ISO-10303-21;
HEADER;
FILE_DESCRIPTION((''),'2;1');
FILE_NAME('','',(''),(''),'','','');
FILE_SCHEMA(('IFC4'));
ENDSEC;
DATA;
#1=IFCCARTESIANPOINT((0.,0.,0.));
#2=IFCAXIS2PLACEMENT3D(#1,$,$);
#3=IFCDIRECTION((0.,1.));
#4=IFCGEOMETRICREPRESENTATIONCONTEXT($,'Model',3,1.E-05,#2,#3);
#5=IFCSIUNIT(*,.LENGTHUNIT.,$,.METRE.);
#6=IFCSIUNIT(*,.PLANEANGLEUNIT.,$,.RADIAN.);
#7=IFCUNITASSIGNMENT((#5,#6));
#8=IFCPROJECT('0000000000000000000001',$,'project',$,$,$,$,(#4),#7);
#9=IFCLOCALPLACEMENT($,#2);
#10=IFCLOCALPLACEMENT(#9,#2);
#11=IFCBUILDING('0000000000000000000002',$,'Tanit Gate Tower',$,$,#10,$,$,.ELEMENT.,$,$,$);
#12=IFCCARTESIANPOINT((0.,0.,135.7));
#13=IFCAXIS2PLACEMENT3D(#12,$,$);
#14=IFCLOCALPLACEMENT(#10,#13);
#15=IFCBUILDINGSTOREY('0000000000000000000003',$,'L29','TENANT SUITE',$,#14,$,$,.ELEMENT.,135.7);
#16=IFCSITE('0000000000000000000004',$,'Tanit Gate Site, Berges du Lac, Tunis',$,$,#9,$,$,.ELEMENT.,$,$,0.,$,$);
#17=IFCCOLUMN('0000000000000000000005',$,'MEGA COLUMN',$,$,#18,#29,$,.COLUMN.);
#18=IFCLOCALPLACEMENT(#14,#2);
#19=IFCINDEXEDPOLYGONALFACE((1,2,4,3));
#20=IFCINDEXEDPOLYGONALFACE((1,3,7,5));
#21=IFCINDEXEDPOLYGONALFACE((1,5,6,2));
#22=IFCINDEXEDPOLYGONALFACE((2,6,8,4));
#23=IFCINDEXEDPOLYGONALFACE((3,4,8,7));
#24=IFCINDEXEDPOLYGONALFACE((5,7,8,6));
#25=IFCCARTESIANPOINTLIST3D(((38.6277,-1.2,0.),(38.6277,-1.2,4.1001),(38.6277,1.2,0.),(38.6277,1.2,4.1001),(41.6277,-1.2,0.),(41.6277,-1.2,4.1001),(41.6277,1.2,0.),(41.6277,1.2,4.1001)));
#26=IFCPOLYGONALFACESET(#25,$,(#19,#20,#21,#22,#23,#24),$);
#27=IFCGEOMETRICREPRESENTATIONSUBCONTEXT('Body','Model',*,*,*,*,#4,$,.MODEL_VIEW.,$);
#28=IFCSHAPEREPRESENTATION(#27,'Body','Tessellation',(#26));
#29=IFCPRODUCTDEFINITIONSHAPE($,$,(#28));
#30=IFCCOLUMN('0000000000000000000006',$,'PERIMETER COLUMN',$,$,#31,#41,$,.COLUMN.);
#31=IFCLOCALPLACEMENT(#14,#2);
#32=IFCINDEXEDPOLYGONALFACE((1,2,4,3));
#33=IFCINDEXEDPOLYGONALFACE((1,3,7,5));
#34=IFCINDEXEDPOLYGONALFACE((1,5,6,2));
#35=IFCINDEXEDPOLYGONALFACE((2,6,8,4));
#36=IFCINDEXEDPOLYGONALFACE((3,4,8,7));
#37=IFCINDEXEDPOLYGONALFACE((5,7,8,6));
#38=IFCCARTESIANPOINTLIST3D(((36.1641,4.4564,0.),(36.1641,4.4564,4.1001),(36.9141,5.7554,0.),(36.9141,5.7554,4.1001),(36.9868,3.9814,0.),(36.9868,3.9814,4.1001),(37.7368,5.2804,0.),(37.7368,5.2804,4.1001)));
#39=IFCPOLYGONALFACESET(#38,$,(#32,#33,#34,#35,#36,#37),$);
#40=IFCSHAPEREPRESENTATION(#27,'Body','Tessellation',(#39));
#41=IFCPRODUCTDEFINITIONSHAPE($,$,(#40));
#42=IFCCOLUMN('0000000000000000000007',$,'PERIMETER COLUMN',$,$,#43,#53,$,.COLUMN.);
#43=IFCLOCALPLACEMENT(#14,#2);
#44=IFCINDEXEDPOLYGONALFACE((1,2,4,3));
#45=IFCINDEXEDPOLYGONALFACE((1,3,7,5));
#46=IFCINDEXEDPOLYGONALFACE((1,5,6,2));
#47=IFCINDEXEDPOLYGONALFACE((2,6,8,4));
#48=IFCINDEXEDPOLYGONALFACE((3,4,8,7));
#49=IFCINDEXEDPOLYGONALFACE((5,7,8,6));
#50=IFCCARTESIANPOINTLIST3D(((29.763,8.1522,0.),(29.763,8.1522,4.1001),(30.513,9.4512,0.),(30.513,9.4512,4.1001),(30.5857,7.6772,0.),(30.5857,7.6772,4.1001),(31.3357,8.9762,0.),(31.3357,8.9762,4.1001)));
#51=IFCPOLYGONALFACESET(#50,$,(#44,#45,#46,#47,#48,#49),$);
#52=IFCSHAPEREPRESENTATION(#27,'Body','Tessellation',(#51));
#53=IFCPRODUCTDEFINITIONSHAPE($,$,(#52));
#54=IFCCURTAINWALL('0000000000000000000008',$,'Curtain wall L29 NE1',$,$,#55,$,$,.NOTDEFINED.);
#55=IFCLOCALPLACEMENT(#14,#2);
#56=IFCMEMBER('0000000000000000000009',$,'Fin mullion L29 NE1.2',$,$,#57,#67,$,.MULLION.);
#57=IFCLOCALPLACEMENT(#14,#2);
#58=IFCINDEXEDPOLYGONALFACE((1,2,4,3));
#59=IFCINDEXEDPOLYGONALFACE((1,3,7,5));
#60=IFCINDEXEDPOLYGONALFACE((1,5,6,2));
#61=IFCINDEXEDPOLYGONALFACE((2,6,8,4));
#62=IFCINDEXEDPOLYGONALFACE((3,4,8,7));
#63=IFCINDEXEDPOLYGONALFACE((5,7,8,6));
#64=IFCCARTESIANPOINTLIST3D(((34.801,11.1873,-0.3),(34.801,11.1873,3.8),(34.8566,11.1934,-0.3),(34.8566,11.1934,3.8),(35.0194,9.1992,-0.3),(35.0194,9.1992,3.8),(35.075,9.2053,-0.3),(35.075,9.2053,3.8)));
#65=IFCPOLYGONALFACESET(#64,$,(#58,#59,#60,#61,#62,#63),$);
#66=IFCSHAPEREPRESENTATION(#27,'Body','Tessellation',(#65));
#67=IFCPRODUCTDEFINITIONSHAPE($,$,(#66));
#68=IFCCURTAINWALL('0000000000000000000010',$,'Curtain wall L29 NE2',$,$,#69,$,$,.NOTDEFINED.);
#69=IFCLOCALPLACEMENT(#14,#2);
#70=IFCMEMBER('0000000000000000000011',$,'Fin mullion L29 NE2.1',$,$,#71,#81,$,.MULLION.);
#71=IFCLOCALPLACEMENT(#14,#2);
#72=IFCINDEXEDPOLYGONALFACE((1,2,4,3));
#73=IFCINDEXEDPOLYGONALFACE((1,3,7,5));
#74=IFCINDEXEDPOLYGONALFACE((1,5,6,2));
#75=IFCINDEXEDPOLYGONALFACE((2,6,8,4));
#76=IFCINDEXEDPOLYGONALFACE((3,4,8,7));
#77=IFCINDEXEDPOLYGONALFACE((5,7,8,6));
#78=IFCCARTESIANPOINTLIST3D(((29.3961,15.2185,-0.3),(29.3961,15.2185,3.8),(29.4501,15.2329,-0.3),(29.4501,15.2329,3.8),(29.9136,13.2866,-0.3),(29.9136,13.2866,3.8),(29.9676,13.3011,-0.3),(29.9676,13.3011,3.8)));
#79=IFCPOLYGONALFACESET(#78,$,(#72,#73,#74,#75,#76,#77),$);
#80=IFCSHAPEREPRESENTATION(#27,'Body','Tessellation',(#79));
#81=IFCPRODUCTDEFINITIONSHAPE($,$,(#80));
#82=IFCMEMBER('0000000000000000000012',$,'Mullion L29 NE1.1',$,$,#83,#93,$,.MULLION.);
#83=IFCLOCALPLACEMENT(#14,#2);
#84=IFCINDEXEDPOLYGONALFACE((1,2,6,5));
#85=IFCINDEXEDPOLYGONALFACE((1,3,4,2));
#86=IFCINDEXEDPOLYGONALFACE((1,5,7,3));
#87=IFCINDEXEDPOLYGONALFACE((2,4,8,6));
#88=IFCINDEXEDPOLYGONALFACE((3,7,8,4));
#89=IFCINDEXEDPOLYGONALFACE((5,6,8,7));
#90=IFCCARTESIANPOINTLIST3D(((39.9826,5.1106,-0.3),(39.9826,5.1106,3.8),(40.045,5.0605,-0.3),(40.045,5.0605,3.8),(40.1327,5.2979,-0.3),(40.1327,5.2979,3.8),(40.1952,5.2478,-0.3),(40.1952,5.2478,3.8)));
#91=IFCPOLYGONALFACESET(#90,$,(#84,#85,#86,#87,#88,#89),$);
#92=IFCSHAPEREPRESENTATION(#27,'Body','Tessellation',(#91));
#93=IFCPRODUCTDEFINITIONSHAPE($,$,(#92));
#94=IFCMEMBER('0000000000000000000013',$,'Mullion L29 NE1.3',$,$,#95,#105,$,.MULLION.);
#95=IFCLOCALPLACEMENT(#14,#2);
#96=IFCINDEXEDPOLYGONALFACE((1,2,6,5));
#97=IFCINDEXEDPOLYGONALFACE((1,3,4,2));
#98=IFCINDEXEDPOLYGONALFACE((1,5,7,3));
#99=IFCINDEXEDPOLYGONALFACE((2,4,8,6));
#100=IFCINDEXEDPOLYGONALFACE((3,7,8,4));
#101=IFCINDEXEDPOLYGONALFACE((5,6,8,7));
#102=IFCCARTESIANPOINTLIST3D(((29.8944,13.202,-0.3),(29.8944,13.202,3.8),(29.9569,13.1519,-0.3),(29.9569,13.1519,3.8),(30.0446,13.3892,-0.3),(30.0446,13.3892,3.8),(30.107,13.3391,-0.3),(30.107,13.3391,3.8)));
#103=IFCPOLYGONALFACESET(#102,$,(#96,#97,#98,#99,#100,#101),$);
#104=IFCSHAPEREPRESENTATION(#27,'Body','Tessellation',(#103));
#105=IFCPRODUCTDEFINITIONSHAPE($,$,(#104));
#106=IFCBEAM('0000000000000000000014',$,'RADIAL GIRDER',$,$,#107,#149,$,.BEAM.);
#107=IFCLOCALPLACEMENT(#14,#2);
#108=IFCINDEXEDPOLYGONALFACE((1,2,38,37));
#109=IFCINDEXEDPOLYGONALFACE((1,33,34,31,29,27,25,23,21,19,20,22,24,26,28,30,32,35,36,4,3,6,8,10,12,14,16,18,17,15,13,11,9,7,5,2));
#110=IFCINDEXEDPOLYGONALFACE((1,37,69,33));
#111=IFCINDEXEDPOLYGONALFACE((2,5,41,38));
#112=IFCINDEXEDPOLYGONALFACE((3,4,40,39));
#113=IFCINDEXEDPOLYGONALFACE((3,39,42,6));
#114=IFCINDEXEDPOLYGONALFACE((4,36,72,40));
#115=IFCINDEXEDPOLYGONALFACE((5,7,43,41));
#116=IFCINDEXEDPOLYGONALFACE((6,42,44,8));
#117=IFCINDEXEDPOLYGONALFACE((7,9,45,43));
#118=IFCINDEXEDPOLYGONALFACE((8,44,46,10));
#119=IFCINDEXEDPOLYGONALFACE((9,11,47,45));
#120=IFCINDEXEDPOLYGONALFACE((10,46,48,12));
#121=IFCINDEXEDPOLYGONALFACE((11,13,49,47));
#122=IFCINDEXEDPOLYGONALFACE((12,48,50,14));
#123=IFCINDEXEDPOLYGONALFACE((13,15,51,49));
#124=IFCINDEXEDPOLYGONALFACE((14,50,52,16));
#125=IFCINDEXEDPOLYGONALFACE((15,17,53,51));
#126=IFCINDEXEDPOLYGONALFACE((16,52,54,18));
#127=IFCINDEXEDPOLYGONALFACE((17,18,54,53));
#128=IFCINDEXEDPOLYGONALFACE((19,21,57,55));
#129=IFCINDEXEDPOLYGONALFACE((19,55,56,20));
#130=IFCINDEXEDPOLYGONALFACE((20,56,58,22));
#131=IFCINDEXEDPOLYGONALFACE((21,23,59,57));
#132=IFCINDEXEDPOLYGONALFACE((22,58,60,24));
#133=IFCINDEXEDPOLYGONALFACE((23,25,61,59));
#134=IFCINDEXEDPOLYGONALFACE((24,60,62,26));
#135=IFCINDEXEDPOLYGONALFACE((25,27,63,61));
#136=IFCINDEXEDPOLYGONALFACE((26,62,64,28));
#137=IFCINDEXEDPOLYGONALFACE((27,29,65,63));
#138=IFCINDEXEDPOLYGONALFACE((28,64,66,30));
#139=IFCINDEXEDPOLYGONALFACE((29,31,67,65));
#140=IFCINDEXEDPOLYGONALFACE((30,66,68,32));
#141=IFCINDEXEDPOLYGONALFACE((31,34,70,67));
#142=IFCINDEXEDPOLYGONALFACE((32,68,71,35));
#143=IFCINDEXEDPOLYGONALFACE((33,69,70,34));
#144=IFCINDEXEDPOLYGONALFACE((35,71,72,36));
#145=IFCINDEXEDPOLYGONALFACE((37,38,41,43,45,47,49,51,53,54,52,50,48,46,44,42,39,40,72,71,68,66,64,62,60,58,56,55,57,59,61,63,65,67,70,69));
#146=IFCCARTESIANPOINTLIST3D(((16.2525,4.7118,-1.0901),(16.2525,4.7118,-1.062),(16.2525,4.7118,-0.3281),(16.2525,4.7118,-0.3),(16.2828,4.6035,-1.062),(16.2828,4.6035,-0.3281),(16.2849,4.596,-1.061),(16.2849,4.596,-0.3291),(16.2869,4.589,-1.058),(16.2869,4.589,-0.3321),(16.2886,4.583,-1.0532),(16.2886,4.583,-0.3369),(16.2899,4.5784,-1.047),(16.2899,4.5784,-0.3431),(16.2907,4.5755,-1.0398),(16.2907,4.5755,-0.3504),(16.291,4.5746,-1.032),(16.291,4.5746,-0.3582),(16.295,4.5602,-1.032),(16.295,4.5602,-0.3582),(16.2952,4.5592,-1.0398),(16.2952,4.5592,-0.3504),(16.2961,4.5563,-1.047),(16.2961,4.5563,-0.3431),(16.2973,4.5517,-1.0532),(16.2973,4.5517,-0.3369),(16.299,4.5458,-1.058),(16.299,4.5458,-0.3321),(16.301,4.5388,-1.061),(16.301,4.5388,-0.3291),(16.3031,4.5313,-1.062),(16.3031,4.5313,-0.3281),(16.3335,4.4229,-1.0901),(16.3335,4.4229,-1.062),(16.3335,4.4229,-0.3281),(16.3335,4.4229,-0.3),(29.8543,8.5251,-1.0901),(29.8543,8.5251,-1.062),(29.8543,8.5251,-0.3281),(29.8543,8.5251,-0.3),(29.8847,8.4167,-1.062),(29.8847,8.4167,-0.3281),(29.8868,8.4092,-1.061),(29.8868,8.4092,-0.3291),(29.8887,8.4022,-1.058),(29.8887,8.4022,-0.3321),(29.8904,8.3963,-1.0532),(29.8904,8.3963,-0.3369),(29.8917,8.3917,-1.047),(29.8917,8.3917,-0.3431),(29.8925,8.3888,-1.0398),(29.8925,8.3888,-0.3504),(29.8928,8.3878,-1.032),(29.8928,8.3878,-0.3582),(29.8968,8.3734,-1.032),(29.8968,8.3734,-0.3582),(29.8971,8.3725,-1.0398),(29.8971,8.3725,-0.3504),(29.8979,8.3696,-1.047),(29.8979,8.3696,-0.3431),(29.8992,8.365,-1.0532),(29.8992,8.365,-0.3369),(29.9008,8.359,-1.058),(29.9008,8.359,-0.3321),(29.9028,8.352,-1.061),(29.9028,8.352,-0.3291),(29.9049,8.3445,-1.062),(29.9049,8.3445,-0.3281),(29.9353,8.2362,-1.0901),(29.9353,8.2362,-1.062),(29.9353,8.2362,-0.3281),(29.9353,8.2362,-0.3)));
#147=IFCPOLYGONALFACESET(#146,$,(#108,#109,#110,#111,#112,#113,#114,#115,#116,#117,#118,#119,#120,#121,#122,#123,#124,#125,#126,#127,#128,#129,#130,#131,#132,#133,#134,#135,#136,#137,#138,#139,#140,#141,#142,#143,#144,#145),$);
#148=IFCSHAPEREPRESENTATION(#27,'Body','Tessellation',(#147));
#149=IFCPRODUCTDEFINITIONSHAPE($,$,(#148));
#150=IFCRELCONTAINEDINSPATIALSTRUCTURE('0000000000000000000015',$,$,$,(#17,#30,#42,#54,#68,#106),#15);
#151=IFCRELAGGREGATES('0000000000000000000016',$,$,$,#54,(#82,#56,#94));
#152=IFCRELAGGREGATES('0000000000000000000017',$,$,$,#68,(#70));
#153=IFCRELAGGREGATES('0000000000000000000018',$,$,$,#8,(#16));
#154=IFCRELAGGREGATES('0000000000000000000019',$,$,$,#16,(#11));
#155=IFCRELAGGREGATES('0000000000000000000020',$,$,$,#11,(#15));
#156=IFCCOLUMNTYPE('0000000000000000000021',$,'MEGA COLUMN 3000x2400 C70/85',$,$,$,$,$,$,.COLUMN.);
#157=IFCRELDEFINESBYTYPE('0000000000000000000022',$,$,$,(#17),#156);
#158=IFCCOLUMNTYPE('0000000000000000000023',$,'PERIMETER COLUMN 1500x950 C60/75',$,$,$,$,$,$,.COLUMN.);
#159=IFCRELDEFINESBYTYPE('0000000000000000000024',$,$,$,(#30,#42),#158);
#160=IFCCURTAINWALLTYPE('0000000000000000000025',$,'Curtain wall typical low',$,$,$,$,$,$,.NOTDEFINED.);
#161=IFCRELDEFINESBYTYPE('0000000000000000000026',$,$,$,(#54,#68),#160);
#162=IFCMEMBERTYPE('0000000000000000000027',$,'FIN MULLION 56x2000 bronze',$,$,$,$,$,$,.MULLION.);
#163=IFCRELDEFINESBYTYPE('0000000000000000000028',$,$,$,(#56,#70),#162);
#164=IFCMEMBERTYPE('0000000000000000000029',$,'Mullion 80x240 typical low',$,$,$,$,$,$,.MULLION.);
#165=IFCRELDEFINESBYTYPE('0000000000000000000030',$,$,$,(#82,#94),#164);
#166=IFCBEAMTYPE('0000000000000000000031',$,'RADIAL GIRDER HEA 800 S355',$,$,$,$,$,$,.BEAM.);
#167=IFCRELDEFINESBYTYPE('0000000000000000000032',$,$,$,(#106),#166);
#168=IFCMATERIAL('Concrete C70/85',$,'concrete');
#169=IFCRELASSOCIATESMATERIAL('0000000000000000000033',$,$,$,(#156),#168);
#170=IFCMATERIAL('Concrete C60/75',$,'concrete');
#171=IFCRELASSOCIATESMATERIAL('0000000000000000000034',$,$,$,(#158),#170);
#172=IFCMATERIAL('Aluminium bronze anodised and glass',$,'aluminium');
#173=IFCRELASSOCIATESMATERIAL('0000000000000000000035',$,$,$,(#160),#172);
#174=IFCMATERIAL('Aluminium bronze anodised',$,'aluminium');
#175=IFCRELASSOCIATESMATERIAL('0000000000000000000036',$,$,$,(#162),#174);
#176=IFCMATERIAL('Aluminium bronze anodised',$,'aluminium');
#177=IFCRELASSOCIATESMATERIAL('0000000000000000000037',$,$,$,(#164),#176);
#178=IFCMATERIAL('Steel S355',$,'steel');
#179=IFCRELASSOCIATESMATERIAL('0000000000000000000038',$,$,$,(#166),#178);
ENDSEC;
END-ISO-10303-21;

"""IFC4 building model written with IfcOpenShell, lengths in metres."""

from ifc_helpers import new_model, si_unit, direction, frame, origin, origin_2d, place, context, subcontext, project, spatial, rectangle, i_section, extrude, material, material_profile, profile_set, type_object, element, aggregate, save


model = new_model("IFC4")

# Units and contexts
model_context = context("Model", 3, precision=1e-05, world=origin(), true_north=direction((0.0, 1.0)))
body_context = subcontext(model_context, "Body", "Model", "MODEL_VIEW")
ifc_project = project(units=[si_unit("LENGTHUNIT", "METRE"), si_unit("PLANEANGLEUNIT", "RADIAN")], contexts=[model_context])

# Site, building, storey
site_placement = place(None, origin())
site = spatial("IfcSite", under=ifc_project, at=site_placement, Name="Tanit Gate Site, Berges du Lac, Tunis", CompositionType="ELEMENT", RefElevation=0.0)
building_placement = place(site_placement, origin())
building = spatial("IfcBuilding", under=site, at=building_placement, Name="Tanit Gate Tower", CompositionType="ELEMENT")
storey_placement = place(building_placement, frame((0.0, 0.0, 135.7)))
storey = spatial("IfcBuildingStorey", under=building, at=storey_placement, Name="L29", Description="TENANT SUITE", CompositionType="ELEMENT", Elevation=135.7)

# Columns
ifc_material_1 = material(Name="Concrete C70/85", Category="concrete")
ifc_material_profile_1 = material_profile(ifc_material_1, rectangle(XDim=3.0, YDim=2.3999, at=origin_2d()), Name="RC 3000x2400")
ifc_profile_set_1 = profile_set([ifc_material_profile_1], Name="Concrete C70/85")
column_type_1 = type_object("IfcColumnType", Name="MEGA COLUMN 3000x2400 C70/85", PredefinedType="COLUMN", material=ifc_profile_set_1)
column_placement = place(storey_placement, frame((40.1277, 0.0, 0.0), z_axis=(0.0, 0.0, 1.0), x_axis=(1.0, 0.0, 0.0)))
element("IfcColumn", 1, at=column_placement, inside=storey, type_object=column_type_1, Name="MEGA COLUMN", PredefinedType="COLUMN", context=body_context, shape_type="SweptSolid", body=[
    extrude(rectangle(XDim=3.0, YDim=2.3999, at=origin_2d()), origin(), (0.0, 0.0, 1.0), 4.1001),
])
ifc_material_2 = material(Name="Concrete C60/75", Category="concrete")
ifc_material_profile_2 = material_profile(ifc_material_2, rectangle(XDim=1.5, YDim=0.95, at=origin_2d()), Name="RC 1500x950")
ifc_profile_set_2 = profile_set([ifc_material_profile_2], Name="Concrete C60/75")
column_type_2 = type_object("IfcColumnType", Name="PERIMETER COLUMN 1500x950 C60/75", PredefinedType="COLUMN", material=ifc_profile_set_2)
for number, where, z_axis, x_axis, name in (
    (2, (36.9504, 4.8684, 0.0), (0.0, 0.0, 1.0), (0.5, 0.866025, 0.0), "PERIMETER COLUMN"),
    (3, (30.5493, 8.5642, 0.0), (0.0, 0.0, 1.0), (0.5, 0.866025, 0.0), "PERIMETER COLUMN"),
):
    element("IfcColumn", number, at=place(storey_placement, frame(where, z_axis=z_axis, x_axis=x_axis)), inside=storey, type_object=column_type_2, Name=name, PredefinedType="COLUMN", context=body_context, shape_type="SweptSolid", body=[
        extrude(rectangle(XDim=1.5, YDim=0.95, at=origin_2d()), origin(), (0.0, 0.0, 1.0), 4.1001),
    ])

# Curtain walls, members
ifc_material_3 = material(Name="Aluminium bronze anodised and glass", Category="aluminium")
curtain_wall_type = type_object("IfcCurtainWallType", Name="Curtain wall typical low", PredefinedType="NOTDEFINED", material=ifc_material_3)
curtain_wall_1_placement = place(storey_placement, origin())
curtain_wall_1 = element("IfcCurtainWall", 4, at=curtain_wall_1_placement, inside=storey, type_object=curtain_wall_type, Name="Curtain wall L29 NE1", PredefinedType="NOTDEFINED")
ifc_material_4 = material(Name="Aluminium bronze anodised", Category="aluminium")
ifc_material_profile_3 = material_profile(ifc_material_4, rectangle(XDim=2.0, YDim=0.0559, at=origin_2d()), Name="56x2000 bronze fin mullion")
ifc_profile_set_3 = profile_set([ifc_material_profile_3], Name="Aluminium bronze anodised")
member_type_1 = type_object("IfcMemberType", Name="FIN MULLION 56x2000 bronze", PredefinedType="MULLION", material=ifc_profile_set_3)
member_1_placement = place(storey_placement, frame((34.938, 10.1963, -0.3), z_axis=(0.0, 0.0, 1.0), x_axis=(0.109185, -0.994021, 0.0)))
member_1 = element("IfcMember", 5, at=member_1_placement, type_object=member_type_1, Name="Fin mullion L29 NE1.2", PredefinedType="MULLION", context=body_context, shape_type="SweptSolid", body=[
    extrude(rectangle(XDim=2.0, YDim=0.0559, at=origin_2d()), origin(), (0.0, 0.0, 1.0), 4.1001),
])
curtain_wall_2_placement = place(storey_placement, origin())
curtain_wall_2 = element("IfcCurtainWall", 6, at=curtain_wall_2_placement, inside=storey, type_object=curtain_wall_type, Name="Curtain wall L29 NE2", PredefinedType="NOTDEFINED")
member_2_placement = place(storey_placement, frame((29.6819, 14.2598, -0.3), z_axis=(0.0, 0.0, 1.0), x_axis=(0.258752, -0.965944, 0.0)))
member_2 = element("IfcMember", 7, at=member_2_placement, type_object=member_type_1, Name="Fin mullion L29 NE2.1", PredefinedType="MULLION", context=body_context, shape_type="SweptSolid", body=[
    extrude(rectangle(XDim=2.0, YDim=0.0559, at=origin_2d()), origin(), (0.0, 0.0, 1.0), 4.1001),
])

# Members
ifc_material_5 = material(Name="Aluminium bronze anodised", Category="aluminium")
ifc_material_profile_4 = material_profile(ifc_material_5, rectangle(XDim=0.24, YDim=0.0801, at=origin_2d()), Name="80x240 bronze mullion")
ifc_profile_set_4 = profile_set([ifc_material_profile_4], Name="Aluminium bronze anodised")
member_type_2 = type_object("IfcMemberType", Name="Mullion 80x240 typical low", PredefinedType="MULLION", material=ifc_profile_set_4)
member_3_placement = place(storey_placement, frame((40.0889, 5.1792, -0.3), z_axis=(0.0, 0.0, 1.0), x_axis=(-0.625674, -0.780085, 0.0)))
member_3 = element("IfcMember", 8, at=member_3_placement, type_object=member_type_2, Name="Mullion L29 NE1.1", PredefinedType="MULLION", context=body_context, shape_type="SweptSolid", body=[
    extrude(rectangle(XDim=0.24, YDim=0.0801, at=origin_2d()), origin(), (0.0, 0.0, 1.0), 4.1001),
])
member_4_placement = place(storey_placement, frame((30.0007, 13.2705, -0.3), z_axis=(0.0, 0.0, 1.0), x_axis=(-0.625674, -0.780085, 0.0)))
member_4 = element("IfcMember", 9, at=member_4_placement, type_object=member_type_2, Name="Mullion L29 NE1.3", PredefinedType="MULLION", context=body_context, shape_type="SweptSolid", body=[
    extrude(rectangle(XDim=0.24, YDim=0.0801, at=origin_2d()), origin(), (0.0, 0.0, 1.0), 4.1001),
])

# Beam
ifc_material_6 = material(Name="Steel S355", Category="steel")
ifc_material_profile_5 = material_profile(ifc_material_6, i_section(OverallWidth=0.3, OverallDepth=0.79, WebThickness=0.0149, FlangeThickness=0.0281, FilletRadius=0.03, at=origin_2d()), Name="HEA 800")
ifc_profile_set_5 = profile_set([ifc_material_profile_5], Name="Steel S355")
beam_type_1 = type_object("IfcBeamType", Name="RADIAL GIRDER HEA 800 S355", PredefinedType="BEAM", material=ifc_profile_set_5)
beam_1_placement = place(storey_placement, frame((29.8948, 8.3806, -0.6951), z_axis=(-0.962877, -0.26994, 0.0), x_axis=(0.26994, -0.962877, 0.0)))
element("IfcBeam", 10, at=beam_1_placement, inside=storey, type_object=beam_type_1, Name="RADIAL GIRDER", PredefinedType="BEAM", context=body_context, shape_type="SweptSolid", body=[
    extrude(i_section(OverallWidth=0.3, OverallDepth=0.79, WebThickness=0.0149, FlangeThickness=0.0281, FilletRadius=0.03, at=origin_2d()), origin(), (0.0, 0.0, 1.0), 14.1262),
])

aggregate(curtain_wall_1, [member_3, member_1, member_4])
aggregate(curtain_wall_2, [member_2])

save(model, "model.ifc")
